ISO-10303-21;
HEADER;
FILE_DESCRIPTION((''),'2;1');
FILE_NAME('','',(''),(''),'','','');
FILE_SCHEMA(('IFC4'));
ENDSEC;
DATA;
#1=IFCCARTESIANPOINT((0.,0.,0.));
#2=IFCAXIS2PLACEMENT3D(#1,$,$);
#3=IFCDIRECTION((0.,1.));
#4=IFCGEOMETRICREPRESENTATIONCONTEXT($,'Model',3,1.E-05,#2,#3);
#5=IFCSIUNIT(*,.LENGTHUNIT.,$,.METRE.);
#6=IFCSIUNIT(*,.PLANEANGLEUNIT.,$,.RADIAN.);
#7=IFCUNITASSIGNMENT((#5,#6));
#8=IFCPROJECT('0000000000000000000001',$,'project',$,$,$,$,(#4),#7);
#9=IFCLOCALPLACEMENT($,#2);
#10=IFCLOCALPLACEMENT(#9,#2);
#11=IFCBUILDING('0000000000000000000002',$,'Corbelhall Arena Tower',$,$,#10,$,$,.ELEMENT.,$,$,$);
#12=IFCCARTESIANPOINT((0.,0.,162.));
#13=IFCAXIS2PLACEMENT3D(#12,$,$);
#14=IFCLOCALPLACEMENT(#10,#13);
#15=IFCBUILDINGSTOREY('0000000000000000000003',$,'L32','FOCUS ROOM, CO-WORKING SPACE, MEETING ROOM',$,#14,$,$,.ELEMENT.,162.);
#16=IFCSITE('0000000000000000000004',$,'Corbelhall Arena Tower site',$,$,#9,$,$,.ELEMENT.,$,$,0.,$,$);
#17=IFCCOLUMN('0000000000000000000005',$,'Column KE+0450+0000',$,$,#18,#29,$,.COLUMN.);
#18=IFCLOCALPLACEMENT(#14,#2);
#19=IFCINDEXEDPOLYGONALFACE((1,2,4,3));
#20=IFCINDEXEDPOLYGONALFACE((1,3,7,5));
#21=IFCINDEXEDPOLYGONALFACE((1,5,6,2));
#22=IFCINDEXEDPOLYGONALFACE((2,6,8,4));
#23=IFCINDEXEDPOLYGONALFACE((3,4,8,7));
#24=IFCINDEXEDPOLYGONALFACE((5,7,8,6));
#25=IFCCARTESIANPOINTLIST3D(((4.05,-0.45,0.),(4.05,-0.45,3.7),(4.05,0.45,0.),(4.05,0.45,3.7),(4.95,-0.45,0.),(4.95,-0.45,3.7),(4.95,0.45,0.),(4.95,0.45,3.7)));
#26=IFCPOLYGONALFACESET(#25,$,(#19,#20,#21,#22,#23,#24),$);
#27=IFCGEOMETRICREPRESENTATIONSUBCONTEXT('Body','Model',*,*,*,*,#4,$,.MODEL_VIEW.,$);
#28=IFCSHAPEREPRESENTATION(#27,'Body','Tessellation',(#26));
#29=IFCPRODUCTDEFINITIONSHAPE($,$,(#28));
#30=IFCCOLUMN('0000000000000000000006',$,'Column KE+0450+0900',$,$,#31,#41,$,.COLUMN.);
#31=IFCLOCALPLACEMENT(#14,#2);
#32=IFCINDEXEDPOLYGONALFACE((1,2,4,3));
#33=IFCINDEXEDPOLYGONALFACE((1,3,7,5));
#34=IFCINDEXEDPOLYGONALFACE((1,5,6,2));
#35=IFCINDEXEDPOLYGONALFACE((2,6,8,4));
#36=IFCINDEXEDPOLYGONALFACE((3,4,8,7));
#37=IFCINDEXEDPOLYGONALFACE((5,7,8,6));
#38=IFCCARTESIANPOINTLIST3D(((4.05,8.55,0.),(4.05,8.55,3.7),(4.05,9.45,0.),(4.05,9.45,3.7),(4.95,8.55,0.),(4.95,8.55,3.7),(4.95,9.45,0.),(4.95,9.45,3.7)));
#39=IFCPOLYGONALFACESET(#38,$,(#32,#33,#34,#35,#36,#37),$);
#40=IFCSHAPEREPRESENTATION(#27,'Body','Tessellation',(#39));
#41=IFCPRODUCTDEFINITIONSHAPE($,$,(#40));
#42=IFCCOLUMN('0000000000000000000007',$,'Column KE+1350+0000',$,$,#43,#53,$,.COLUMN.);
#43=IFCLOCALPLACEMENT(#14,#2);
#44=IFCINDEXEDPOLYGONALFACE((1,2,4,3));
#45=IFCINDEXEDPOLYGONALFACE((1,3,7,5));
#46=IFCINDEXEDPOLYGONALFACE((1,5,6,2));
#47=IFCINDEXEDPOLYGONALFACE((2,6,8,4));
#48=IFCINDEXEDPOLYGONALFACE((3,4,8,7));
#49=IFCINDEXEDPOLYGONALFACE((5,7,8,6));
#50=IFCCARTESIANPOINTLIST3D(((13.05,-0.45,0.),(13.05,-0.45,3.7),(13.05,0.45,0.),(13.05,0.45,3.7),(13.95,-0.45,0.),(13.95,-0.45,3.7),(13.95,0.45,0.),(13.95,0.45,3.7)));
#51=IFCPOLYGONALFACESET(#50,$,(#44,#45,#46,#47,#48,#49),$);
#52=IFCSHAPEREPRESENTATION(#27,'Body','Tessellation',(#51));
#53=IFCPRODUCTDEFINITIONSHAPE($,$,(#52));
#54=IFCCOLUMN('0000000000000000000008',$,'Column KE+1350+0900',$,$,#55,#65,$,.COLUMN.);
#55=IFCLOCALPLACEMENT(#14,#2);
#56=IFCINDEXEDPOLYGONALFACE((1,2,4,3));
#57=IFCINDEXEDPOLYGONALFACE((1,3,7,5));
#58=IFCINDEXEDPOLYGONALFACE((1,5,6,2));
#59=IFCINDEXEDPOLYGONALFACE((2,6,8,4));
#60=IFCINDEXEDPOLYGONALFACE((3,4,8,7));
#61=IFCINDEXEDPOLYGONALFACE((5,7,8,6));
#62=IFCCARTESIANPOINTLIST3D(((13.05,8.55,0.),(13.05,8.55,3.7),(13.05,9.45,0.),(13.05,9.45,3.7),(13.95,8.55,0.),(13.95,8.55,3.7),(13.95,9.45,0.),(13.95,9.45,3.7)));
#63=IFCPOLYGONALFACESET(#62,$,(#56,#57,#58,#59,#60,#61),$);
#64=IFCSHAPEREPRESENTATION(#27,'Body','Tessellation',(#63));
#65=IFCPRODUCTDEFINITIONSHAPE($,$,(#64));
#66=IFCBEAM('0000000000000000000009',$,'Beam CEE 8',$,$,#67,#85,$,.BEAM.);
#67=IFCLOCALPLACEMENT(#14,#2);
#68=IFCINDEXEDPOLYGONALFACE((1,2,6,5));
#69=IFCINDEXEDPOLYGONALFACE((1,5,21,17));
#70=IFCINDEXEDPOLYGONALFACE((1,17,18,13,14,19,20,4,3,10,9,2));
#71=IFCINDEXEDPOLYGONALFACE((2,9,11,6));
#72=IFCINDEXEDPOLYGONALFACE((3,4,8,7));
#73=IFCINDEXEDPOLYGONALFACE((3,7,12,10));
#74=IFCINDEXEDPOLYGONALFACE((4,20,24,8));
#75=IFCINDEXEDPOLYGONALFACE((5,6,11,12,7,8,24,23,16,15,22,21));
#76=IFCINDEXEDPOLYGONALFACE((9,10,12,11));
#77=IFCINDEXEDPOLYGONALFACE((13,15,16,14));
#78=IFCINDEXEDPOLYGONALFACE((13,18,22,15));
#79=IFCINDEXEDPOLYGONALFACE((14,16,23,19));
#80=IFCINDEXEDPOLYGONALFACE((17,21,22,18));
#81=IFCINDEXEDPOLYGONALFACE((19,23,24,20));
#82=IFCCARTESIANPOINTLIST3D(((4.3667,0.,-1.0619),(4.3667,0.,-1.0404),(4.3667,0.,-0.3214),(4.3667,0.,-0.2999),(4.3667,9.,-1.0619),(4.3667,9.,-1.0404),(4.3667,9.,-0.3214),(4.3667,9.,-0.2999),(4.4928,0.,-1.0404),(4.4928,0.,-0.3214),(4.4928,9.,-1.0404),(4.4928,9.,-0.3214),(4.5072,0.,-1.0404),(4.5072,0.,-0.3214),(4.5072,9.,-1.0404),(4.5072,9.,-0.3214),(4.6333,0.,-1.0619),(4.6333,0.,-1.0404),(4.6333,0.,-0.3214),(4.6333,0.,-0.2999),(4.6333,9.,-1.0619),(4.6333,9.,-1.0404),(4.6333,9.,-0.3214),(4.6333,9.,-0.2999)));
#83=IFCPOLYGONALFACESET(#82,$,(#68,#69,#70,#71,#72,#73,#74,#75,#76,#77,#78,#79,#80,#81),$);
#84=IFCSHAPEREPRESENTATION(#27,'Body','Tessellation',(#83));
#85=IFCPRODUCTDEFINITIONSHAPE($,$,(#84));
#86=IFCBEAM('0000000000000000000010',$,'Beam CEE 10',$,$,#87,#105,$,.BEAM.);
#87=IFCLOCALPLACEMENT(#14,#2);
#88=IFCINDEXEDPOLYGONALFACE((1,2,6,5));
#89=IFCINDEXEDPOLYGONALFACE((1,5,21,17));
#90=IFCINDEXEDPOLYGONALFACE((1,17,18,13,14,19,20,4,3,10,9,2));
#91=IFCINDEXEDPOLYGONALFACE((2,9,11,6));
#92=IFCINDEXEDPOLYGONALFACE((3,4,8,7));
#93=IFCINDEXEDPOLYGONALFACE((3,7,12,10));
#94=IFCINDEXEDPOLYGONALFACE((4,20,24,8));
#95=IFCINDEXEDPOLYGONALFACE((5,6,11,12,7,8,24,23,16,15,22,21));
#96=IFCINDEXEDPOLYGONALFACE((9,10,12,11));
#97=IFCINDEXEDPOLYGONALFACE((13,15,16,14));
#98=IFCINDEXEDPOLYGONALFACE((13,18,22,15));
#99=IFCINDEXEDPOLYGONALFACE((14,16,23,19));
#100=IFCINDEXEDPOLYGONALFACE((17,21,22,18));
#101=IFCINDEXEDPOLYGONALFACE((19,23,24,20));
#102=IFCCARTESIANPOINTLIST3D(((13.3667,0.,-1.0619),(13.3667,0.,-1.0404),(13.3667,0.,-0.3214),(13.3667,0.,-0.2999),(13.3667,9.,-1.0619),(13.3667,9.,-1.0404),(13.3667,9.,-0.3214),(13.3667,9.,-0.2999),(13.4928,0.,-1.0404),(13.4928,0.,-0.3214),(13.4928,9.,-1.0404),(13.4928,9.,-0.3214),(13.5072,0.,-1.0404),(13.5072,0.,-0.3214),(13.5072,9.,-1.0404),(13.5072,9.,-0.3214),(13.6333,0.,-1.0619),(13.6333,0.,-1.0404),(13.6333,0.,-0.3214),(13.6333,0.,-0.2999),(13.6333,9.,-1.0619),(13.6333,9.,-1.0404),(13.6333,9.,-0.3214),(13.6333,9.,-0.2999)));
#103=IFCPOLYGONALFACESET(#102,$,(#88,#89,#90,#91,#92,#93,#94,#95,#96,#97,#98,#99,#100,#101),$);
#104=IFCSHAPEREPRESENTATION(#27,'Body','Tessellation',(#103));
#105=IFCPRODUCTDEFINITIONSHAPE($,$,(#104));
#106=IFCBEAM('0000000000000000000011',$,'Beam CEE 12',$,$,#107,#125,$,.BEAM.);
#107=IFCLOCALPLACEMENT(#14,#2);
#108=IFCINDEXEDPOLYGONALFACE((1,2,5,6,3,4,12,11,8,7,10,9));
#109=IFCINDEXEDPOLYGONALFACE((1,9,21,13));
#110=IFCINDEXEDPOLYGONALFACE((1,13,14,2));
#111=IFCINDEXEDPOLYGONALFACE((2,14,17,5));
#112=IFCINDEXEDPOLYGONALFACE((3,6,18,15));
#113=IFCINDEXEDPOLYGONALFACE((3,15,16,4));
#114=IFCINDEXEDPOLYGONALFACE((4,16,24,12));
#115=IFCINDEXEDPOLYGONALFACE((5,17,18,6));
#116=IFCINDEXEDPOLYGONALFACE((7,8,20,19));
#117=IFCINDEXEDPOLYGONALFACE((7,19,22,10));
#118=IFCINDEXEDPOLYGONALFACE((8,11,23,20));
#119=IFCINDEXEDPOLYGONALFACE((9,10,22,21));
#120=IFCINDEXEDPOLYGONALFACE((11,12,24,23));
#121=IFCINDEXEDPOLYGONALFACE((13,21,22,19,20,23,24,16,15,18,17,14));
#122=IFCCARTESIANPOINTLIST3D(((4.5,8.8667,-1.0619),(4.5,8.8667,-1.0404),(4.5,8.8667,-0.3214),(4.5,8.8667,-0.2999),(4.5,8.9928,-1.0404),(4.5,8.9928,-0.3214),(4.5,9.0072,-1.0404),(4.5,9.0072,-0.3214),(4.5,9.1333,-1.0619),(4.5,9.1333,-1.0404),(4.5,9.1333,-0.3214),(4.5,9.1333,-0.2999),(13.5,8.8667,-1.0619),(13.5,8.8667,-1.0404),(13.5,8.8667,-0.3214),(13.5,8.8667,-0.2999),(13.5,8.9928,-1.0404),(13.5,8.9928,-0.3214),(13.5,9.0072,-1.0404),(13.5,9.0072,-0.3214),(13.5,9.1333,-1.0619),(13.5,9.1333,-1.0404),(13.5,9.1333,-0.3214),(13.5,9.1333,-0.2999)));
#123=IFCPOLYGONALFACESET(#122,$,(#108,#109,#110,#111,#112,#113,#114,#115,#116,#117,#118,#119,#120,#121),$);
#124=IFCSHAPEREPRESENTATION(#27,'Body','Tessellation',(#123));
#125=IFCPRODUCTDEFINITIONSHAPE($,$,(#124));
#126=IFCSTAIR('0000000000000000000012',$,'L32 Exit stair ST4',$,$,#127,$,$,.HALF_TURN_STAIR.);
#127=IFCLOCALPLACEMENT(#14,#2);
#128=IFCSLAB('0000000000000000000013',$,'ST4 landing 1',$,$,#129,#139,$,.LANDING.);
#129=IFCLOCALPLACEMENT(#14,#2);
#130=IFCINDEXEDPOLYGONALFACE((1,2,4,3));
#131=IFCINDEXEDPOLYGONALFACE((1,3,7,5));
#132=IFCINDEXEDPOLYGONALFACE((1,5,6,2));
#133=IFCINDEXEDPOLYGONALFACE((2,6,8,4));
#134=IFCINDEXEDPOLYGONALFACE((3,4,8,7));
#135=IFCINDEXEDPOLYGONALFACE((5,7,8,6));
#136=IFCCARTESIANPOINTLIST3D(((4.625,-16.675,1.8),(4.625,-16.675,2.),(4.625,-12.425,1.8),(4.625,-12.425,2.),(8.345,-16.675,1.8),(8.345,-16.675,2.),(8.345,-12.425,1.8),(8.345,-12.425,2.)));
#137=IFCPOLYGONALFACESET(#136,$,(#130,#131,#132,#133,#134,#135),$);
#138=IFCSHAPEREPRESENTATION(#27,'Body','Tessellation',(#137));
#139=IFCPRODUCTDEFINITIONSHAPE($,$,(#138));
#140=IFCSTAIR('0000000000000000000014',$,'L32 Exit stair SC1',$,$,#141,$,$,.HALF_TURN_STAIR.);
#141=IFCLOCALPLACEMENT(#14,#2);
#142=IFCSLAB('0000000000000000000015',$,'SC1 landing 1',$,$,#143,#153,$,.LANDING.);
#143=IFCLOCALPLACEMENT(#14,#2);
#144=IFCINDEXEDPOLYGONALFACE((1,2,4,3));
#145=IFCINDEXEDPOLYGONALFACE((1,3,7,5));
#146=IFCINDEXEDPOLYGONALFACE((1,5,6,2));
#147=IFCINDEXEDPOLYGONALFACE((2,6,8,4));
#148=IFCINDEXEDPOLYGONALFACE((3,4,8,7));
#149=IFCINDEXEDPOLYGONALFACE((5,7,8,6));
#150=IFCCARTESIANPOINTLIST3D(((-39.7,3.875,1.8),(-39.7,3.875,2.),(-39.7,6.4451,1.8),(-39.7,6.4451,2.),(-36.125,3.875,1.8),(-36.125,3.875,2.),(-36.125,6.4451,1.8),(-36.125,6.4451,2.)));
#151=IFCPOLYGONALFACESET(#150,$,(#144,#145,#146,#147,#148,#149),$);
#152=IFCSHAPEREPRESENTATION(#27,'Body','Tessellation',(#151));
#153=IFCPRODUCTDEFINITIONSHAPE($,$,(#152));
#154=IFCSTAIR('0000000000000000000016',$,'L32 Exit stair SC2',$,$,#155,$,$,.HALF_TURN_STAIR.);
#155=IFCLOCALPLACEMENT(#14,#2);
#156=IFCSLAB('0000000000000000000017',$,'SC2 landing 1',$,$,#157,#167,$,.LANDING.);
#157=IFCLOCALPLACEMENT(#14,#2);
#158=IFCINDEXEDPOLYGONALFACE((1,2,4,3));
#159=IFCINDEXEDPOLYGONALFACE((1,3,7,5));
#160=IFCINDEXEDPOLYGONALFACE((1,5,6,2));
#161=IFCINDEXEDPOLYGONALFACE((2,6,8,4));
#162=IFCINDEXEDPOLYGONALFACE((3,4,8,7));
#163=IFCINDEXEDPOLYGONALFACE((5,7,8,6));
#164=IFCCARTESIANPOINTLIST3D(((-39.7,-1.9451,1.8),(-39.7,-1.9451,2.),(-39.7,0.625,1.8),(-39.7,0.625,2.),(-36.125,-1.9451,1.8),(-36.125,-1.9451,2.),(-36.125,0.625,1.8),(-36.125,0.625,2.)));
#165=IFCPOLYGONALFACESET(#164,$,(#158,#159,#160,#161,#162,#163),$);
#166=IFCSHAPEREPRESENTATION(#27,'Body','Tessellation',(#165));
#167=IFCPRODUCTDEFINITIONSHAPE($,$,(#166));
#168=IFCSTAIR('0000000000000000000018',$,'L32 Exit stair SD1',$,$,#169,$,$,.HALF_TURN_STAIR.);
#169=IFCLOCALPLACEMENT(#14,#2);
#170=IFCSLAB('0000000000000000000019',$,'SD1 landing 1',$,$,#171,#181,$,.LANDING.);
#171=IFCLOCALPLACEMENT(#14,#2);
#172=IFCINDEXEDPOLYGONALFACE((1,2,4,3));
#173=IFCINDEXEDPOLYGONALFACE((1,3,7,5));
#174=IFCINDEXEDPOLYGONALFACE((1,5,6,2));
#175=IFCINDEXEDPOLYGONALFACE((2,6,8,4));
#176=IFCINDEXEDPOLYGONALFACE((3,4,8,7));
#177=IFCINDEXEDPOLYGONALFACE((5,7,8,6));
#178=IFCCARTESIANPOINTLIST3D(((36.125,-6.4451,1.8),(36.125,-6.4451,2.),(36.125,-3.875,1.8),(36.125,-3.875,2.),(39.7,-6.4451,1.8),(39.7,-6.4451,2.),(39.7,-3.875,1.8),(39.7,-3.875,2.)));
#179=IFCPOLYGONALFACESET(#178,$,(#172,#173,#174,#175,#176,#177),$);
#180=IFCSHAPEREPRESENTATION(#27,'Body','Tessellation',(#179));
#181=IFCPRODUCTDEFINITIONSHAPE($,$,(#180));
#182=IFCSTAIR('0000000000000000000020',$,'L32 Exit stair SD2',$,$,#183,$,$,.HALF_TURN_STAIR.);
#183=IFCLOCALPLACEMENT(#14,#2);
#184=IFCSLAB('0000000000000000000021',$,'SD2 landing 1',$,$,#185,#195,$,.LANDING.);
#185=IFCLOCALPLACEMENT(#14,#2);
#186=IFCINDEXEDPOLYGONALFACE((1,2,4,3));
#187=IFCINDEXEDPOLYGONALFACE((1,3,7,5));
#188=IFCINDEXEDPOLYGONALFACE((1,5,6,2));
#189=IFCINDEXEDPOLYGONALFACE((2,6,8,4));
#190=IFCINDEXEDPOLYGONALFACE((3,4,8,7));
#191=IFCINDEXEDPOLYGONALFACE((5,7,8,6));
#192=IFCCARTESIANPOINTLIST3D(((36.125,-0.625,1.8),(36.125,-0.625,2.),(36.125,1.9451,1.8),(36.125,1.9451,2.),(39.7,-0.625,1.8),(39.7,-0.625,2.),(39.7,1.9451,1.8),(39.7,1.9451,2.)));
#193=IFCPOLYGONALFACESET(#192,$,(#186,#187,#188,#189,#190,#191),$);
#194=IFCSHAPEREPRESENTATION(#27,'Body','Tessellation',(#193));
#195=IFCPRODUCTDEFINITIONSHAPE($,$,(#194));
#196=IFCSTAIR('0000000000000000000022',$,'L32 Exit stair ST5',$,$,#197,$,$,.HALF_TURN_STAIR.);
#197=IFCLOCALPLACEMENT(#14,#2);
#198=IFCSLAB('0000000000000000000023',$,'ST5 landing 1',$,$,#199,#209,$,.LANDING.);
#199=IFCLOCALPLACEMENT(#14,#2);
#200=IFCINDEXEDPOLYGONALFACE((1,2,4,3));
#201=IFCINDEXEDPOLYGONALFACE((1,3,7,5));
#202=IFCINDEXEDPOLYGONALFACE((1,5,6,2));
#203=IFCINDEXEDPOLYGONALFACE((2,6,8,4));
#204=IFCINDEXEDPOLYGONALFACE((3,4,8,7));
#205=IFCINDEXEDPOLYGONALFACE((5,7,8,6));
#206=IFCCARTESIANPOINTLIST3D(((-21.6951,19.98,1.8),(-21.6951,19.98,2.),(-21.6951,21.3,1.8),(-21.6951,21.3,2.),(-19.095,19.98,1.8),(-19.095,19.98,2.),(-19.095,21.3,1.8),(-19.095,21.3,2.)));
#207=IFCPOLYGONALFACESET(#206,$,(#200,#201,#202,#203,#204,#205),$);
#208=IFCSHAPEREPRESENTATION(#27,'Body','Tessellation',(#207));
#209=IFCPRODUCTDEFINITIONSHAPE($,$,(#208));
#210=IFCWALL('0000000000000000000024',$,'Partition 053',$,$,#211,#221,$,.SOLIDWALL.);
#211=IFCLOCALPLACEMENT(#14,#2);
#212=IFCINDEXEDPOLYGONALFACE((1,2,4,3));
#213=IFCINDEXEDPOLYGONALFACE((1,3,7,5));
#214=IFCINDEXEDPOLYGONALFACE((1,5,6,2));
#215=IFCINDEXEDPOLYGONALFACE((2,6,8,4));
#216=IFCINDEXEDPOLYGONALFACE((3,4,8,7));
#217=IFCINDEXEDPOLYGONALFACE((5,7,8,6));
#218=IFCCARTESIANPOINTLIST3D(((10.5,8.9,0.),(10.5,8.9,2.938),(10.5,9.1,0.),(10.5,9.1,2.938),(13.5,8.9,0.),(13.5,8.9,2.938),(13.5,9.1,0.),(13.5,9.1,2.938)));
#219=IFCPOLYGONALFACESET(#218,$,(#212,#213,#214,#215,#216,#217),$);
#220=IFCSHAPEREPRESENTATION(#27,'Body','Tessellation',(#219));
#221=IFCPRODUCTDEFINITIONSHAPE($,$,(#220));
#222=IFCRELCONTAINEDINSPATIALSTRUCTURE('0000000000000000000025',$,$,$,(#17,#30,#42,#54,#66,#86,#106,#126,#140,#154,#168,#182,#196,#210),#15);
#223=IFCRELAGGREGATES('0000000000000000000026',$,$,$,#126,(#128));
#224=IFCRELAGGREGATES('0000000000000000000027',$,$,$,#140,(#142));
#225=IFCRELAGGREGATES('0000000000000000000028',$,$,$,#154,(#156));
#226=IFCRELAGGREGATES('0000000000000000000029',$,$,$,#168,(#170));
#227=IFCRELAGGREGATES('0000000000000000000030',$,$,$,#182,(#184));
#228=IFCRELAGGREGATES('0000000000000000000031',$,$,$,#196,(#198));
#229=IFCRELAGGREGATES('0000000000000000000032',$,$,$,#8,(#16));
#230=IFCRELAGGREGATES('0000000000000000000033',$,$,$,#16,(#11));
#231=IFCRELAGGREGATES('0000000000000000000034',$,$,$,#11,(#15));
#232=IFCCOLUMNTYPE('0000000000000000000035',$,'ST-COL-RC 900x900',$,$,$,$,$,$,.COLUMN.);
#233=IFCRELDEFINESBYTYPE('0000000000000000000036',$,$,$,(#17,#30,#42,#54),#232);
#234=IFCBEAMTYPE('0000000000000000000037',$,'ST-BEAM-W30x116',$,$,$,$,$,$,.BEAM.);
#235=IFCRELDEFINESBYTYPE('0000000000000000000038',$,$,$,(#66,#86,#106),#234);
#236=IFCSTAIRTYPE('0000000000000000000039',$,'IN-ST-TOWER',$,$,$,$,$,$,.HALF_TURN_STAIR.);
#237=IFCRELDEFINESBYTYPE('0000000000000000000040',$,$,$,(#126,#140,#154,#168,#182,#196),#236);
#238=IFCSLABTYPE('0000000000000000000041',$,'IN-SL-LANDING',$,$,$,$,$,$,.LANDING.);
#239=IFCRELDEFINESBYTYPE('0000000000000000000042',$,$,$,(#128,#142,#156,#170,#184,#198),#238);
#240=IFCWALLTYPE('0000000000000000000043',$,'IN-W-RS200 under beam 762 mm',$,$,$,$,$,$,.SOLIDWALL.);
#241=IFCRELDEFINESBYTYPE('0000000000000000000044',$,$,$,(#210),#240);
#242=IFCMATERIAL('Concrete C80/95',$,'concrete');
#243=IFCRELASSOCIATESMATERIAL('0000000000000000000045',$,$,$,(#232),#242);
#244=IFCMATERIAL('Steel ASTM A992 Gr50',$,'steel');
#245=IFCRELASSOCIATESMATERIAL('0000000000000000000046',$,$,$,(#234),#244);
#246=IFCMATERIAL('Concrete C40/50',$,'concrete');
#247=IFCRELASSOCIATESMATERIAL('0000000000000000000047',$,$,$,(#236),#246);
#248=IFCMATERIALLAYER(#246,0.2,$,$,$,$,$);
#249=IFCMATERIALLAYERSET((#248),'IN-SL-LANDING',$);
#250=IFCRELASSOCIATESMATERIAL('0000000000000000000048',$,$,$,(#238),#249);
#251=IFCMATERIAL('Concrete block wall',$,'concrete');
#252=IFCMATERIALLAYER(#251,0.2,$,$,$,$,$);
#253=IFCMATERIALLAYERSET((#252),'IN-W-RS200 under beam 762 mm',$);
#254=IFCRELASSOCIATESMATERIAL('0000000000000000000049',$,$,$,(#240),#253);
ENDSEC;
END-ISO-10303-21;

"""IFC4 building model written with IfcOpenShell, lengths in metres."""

from ifc_helpers import new_model, si_unit, direction, frame, frame_2d, origin, origin_2d, place, context, subcontext, project, spatial, polyline, rectangle, i_section, outline, extrude, material, layer, layer_set, material_profile, profile_set, type_object, element, aggregate, save


model = new_model("IFC4")

# Units and contexts
model_context = context("Model", 3, precision=1e-05, world=origin(), true_north=direction((0.0, 1.0)))
body_context = subcontext(model_context, "Body", "Model", "MODEL_VIEW")
ifc_project = project(units=[si_unit("LENGTHUNIT", "METRE"), si_unit("PLANEANGLEUNIT", "RADIAN")], contexts=[model_context])

# Site, building, storey
site_placement = place(None, origin())
site = spatial("IfcSite", under=ifc_project, at=site_placement, Name="Corbelhall Arena Tower site", CompositionType="ELEMENT", RefElevation=0.0)
building_placement = place(site_placement, origin())
building = spatial("IfcBuilding", under=site, at=building_placement, Name="Corbelhall Arena Tower", CompositionType="ELEMENT")
storey_placement = place(building_placement, frame((0.0, 0.0, 162.0)))
storey = spatial("IfcBuildingStorey", under=building, at=storey_placement, Name="L32", Description="FOCUS ROOM, CO-WORKING SPACE, MEETING ROOM", CompositionType="ELEMENT", Elevation=162.0)

# Columns
ifc_material_1 = material(Name="Concrete C80/95", Category="concrete")
ifc_material_profile_1 = material_profile(ifc_material_1, rectangle(XDim=0.8999, YDim=0.8999, at=origin_2d()))
ifc_profile_set_1 = profile_set([ifc_material_profile_1], Name="Concrete C80/95")
column_type = type_object("IfcColumnType", Name="ST-COL-RC 900x900", PredefinedType="COLUMN", material=ifc_profile_set_1)
for number, where, z_axis, x_axis, name in (
    (1, (4.5, 0.0, 0.0), (0.0, 0.0, 1.0), (1.0, 0.0, 0.0), "Column KE+0450+0000"),
    (2, (4.5, 9.0, 0.0), (0.0, 0.0, 1.0), (1.0, 0.0, 0.0), "Column KE+0450+0900"),
    (3, (13.5, 0.0, 0.0), (0.0, 0.0, 1.0), (1.0, 0.0, 0.0), "Column KE+1350+0000"),
    (4, (13.5, 9.0, 0.0), (0.0, 0.0, 1.0), (1.0, 0.0, 0.0), "Column KE+1350+0900"),
):
    element("IfcColumn", number, at=place(storey_placement, frame(where, z_axis=z_axis, x_axis=x_axis)), inside=storey, type_object=column_type, Name=name, PredefinedType="COLUMN", context=body_context, shape_type="SweptSolid", body=[
        extrude(rectangle(XDim=0.8999, YDim=0.8999, at=origin_2d()), origin(), (0.0, 0.0, 1.0), 3.7),
    ])

# Beams
ifc_material_2 = material(Name="Steel ASTM A992 Gr50", Category="steel")
ifc_material_profile_2 = material_profile(ifc_material_2, i_section(OverallWidth=0.2666, OverallDepth=0.762, WebThickness=0.0144, FlangeThickness=0.0215, at=origin_2d()))
ifc_profile_set_2 = profile_set([ifc_material_profile_2], Name="Steel ASTM A992 Gr50")
beam_type = type_object("IfcBeamType", Name="ST-BEAM-W30x116", PredefinedType="BEAM", material=ifc_profile_set_2)
for number, where, z_axis, x_axis, name in (
    (5, (4.5, 0.0, -0.6809), (0.0, 1.0, 0.0), (-1.0, 0.0, 0.0), "Beam CEE 8"),
    (6, (13.5, 0.0, -0.6809), (0.0, 1.0, 0.0), (-1.0, 0.0, 0.0), "Beam CEE 10"),
    (7, (4.5, 9.0, -0.6809), (1.0, 0.0, 0.0), (0.0, 1.0, 0.0), "Beam CEE 12"),
):
    element("IfcBeam", number, at=place(storey_placement, frame(where, z_axis=z_axis, x_axis=x_axis)), inside=storey, type_object=beam_type, Name=name, PredefinedType="BEAM", context=body_context, shape_type="SweptSolid", body=[
        extrude(i_section(OverallWidth=0.2666, OverallDepth=0.762, WebThickness=0.0144, FlangeThickness=0.0215, at=origin_2d()), origin(), (0.0, 0.0, 1.0), 9.0),
    ])

# Stairs, slabs
ifc_material_3 = material(Name="Concrete C40/50", Category="concrete")
stair_type = type_object("IfcStairType", Name="IN-ST-TOWER", PredefinedType="HALF_TURN_STAIR", material=ifc_material_3)
stair_1_placement = place(storey_placement, origin())
stair_1 = element("IfcStair", 8, at=stair_1_placement, inside=storey, type_object=stair_type, Name="L32 Exit stair ST4", PredefinedType="HALF_TURN_STAIR")
ifc_layer_1 = layer(ifc_material_3, 0.2)
ifc_layer_set_1 = layer_set([ifc_layer_1], Name="IN-SL-LANDING")
slab_type = type_object("IfcSlabType", Name="IN-SL-LANDING", PredefinedType="LANDING", material=ifc_layer_set_1)
slab_1_placement = place(storey_placement, frame((0.0, 0.0, 1.8)))
slab_1 = element("IfcSlab", 9, at=slab_1_placement, type_object=slab_type, Name="ST4 landing 1", PredefinedType="LANDING", context=body_context, shape_type="SweptSolid", body=[
    extrude(outline(polyline([(8.345, -12.425), (4.625, -12.425), (4.625, -16.675), (8.345, -16.675), (8.345, -12.425)])), origin(), (0.0, 0.0, 1.0), 0.2),
])
aggregate(stair_1, [slab_1])
stair_2_placement = place(storey_placement, origin())
stair_2 = element("IfcStair", 10, at=stair_2_placement, inside=storey, type_object=stair_type, Name="L32 Exit stair SC1", PredefinedType="HALF_TURN_STAIR")
slab_2_placement = place(storey_placement, frame((0.0, 0.0, 1.8)))
slab_2 = element("IfcSlab", 11, at=slab_2_placement, type_object=slab_type, Name="SC1 landing 1", PredefinedType="LANDING", context=body_context, shape_type="SweptSolid", body=[
    extrude(outline(polyline([(-39.7, 6.4451), (-39.7, 3.875), (-36.125, 3.875), (-36.125, 6.4451), (-39.7, 6.4451)])), origin(), (0.0, 0.0, 1.0), 0.2),
])
aggregate(stair_2, [slab_2])
stair_3_placement = place(storey_placement, origin())
stair_3 = element("IfcStair", 12, at=stair_3_placement, inside=storey, type_object=stair_type, Name="L32 Exit stair SC2", PredefinedType="HALF_TURN_STAIR")
slab_3_placement = place(storey_placement, frame((0.0, 0.0, 1.8)))
slab_3 = element("IfcSlab", 13, at=slab_3_placement, type_object=slab_type, Name="SC2 landing 1", PredefinedType="LANDING", context=body_context, shape_type="SweptSolid", body=[
    extrude(outline(polyline([(-36.125, -1.9451), (-36.125, 0.625), (-39.7, 0.625), (-39.7, -1.9451), (-36.125, -1.9451)])), origin(), (0.0, 0.0, 1.0), 0.2),
])
aggregate(stair_3, [slab_3])
stair_4_placement = place(storey_placement, origin())
stair_4 = element("IfcStair", 14, at=stair_4_placement, inside=storey, type_object=stair_type, Name="L32 Exit stair SD1", PredefinedType="HALF_TURN_STAIR")
slab_4_placement = place(storey_placement, frame((0.0, 0.0, 1.8)))
slab_4 = element("IfcSlab", 15, at=slab_4_placement, type_object=slab_type, Name="SD1 landing 1", PredefinedType="LANDING", context=body_context, shape_type="SweptSolid", body=[
    extrude(outline(polyline([(39.7, -6.4451), (39.7, -3.875), (36.125, -3.875), (36.125, -6.4451), (39.7, -6.4451)])), origin(), (0.0, 0.0, 1.0), 0.2),
])
aggregate(stair_4, [slab_4])
stair_5_placement = place(storey_placement, origin())
stair_5 = element("IfcStair", 16, at=stair_5_placement, inside=storey, type_object=stair_type, Name="L32 Exit stair SD2", PredefinedType="HALF_TURN_STAIR")
slab_5_placement = place(storey_placement, frame((0.0, 0.0, 1.8)))
slab_5 = element("IfcSlab", 17, at=slab_5_placement, type_object=slab_type, Name="SD2 landing 1", PredefinedType="LANDING", context=body_context, shape_type="SweptSolid", body=[
    extrude(outline(polyline([(36.125, 1.9451), (36.125, -0.625), (39.7, -0.625), (39.7, 1.9451), (36.125, 1.9451)])), origin(), (0.0, 0.0, 1.0), 0.2),
])
aggregate(stair_5, [slab_5])
stair_6_placement = place(storey_placement, origin())
stair_6 = element("IfcStair", 18, at=stair_6_placement, inside=storey, type_object=stair_type, Name="L32 Exit stair ST5", PredefinedType="HALF_TURN_STAIR")
slab_6_placement = place(storey_placement, frame((0.0, 0.0, 1.8)))
slab_6 = element("IfcSlab", 19, at=slab_6_placement, type_object=slab_type, Name="ST5 landing 1", PredefinedType="LANDING", context=body_context, shape_type="SweptSolid", body=[
    extrude(outline(polyline([(-19.095, 19.98), (-19.095, 21.3), (-21.6951, 21.3), (-21.6951, 19.98), (-19.095, 19.98)])), origin(), (0.0, 0.0, 1.0), 0.2),
])
aggregate(stair_6, [slab_6])

# Shared definitions
ifc_material_4 = material(Name="Concrete block wall", Category="concrete")

# Wall
ifc_layer_2 = layer(ifc_material_4, 0.2)
ifc_layer_set_2 = layer_set([ifc_layer_2], Name="IN-W-RS200 under beam 762 mm")
wall_type_1 = type_object("IfcWallType", Name="IN-W-RS200 under beam 762 mm", PredefinedType="SOLIDWALL", material=ifc_layer_set_2)
wall_1_placement = place(storey_placement, frame((10.5, 9.0, 0.0), z_axis=(0.0, 0.0, 1.0), x_axis=(1.0, 0.0, 0.0)))
element("IfcWall", 20, at=wall_1_placement, inside=storey, type_object=wall_type_1, Name="Partition 053", PredefinedType="SOLIDWALL", context=body_context, shape_type="SweptSolid", body=[
    extrude(rectangle(XDim=3.0, YDim=0.2, at=frame_2d((1.5, 0.0))), origin(), (0.0, 0.0, 1.0), 2.938),
])

save(model, "model.ifc")
